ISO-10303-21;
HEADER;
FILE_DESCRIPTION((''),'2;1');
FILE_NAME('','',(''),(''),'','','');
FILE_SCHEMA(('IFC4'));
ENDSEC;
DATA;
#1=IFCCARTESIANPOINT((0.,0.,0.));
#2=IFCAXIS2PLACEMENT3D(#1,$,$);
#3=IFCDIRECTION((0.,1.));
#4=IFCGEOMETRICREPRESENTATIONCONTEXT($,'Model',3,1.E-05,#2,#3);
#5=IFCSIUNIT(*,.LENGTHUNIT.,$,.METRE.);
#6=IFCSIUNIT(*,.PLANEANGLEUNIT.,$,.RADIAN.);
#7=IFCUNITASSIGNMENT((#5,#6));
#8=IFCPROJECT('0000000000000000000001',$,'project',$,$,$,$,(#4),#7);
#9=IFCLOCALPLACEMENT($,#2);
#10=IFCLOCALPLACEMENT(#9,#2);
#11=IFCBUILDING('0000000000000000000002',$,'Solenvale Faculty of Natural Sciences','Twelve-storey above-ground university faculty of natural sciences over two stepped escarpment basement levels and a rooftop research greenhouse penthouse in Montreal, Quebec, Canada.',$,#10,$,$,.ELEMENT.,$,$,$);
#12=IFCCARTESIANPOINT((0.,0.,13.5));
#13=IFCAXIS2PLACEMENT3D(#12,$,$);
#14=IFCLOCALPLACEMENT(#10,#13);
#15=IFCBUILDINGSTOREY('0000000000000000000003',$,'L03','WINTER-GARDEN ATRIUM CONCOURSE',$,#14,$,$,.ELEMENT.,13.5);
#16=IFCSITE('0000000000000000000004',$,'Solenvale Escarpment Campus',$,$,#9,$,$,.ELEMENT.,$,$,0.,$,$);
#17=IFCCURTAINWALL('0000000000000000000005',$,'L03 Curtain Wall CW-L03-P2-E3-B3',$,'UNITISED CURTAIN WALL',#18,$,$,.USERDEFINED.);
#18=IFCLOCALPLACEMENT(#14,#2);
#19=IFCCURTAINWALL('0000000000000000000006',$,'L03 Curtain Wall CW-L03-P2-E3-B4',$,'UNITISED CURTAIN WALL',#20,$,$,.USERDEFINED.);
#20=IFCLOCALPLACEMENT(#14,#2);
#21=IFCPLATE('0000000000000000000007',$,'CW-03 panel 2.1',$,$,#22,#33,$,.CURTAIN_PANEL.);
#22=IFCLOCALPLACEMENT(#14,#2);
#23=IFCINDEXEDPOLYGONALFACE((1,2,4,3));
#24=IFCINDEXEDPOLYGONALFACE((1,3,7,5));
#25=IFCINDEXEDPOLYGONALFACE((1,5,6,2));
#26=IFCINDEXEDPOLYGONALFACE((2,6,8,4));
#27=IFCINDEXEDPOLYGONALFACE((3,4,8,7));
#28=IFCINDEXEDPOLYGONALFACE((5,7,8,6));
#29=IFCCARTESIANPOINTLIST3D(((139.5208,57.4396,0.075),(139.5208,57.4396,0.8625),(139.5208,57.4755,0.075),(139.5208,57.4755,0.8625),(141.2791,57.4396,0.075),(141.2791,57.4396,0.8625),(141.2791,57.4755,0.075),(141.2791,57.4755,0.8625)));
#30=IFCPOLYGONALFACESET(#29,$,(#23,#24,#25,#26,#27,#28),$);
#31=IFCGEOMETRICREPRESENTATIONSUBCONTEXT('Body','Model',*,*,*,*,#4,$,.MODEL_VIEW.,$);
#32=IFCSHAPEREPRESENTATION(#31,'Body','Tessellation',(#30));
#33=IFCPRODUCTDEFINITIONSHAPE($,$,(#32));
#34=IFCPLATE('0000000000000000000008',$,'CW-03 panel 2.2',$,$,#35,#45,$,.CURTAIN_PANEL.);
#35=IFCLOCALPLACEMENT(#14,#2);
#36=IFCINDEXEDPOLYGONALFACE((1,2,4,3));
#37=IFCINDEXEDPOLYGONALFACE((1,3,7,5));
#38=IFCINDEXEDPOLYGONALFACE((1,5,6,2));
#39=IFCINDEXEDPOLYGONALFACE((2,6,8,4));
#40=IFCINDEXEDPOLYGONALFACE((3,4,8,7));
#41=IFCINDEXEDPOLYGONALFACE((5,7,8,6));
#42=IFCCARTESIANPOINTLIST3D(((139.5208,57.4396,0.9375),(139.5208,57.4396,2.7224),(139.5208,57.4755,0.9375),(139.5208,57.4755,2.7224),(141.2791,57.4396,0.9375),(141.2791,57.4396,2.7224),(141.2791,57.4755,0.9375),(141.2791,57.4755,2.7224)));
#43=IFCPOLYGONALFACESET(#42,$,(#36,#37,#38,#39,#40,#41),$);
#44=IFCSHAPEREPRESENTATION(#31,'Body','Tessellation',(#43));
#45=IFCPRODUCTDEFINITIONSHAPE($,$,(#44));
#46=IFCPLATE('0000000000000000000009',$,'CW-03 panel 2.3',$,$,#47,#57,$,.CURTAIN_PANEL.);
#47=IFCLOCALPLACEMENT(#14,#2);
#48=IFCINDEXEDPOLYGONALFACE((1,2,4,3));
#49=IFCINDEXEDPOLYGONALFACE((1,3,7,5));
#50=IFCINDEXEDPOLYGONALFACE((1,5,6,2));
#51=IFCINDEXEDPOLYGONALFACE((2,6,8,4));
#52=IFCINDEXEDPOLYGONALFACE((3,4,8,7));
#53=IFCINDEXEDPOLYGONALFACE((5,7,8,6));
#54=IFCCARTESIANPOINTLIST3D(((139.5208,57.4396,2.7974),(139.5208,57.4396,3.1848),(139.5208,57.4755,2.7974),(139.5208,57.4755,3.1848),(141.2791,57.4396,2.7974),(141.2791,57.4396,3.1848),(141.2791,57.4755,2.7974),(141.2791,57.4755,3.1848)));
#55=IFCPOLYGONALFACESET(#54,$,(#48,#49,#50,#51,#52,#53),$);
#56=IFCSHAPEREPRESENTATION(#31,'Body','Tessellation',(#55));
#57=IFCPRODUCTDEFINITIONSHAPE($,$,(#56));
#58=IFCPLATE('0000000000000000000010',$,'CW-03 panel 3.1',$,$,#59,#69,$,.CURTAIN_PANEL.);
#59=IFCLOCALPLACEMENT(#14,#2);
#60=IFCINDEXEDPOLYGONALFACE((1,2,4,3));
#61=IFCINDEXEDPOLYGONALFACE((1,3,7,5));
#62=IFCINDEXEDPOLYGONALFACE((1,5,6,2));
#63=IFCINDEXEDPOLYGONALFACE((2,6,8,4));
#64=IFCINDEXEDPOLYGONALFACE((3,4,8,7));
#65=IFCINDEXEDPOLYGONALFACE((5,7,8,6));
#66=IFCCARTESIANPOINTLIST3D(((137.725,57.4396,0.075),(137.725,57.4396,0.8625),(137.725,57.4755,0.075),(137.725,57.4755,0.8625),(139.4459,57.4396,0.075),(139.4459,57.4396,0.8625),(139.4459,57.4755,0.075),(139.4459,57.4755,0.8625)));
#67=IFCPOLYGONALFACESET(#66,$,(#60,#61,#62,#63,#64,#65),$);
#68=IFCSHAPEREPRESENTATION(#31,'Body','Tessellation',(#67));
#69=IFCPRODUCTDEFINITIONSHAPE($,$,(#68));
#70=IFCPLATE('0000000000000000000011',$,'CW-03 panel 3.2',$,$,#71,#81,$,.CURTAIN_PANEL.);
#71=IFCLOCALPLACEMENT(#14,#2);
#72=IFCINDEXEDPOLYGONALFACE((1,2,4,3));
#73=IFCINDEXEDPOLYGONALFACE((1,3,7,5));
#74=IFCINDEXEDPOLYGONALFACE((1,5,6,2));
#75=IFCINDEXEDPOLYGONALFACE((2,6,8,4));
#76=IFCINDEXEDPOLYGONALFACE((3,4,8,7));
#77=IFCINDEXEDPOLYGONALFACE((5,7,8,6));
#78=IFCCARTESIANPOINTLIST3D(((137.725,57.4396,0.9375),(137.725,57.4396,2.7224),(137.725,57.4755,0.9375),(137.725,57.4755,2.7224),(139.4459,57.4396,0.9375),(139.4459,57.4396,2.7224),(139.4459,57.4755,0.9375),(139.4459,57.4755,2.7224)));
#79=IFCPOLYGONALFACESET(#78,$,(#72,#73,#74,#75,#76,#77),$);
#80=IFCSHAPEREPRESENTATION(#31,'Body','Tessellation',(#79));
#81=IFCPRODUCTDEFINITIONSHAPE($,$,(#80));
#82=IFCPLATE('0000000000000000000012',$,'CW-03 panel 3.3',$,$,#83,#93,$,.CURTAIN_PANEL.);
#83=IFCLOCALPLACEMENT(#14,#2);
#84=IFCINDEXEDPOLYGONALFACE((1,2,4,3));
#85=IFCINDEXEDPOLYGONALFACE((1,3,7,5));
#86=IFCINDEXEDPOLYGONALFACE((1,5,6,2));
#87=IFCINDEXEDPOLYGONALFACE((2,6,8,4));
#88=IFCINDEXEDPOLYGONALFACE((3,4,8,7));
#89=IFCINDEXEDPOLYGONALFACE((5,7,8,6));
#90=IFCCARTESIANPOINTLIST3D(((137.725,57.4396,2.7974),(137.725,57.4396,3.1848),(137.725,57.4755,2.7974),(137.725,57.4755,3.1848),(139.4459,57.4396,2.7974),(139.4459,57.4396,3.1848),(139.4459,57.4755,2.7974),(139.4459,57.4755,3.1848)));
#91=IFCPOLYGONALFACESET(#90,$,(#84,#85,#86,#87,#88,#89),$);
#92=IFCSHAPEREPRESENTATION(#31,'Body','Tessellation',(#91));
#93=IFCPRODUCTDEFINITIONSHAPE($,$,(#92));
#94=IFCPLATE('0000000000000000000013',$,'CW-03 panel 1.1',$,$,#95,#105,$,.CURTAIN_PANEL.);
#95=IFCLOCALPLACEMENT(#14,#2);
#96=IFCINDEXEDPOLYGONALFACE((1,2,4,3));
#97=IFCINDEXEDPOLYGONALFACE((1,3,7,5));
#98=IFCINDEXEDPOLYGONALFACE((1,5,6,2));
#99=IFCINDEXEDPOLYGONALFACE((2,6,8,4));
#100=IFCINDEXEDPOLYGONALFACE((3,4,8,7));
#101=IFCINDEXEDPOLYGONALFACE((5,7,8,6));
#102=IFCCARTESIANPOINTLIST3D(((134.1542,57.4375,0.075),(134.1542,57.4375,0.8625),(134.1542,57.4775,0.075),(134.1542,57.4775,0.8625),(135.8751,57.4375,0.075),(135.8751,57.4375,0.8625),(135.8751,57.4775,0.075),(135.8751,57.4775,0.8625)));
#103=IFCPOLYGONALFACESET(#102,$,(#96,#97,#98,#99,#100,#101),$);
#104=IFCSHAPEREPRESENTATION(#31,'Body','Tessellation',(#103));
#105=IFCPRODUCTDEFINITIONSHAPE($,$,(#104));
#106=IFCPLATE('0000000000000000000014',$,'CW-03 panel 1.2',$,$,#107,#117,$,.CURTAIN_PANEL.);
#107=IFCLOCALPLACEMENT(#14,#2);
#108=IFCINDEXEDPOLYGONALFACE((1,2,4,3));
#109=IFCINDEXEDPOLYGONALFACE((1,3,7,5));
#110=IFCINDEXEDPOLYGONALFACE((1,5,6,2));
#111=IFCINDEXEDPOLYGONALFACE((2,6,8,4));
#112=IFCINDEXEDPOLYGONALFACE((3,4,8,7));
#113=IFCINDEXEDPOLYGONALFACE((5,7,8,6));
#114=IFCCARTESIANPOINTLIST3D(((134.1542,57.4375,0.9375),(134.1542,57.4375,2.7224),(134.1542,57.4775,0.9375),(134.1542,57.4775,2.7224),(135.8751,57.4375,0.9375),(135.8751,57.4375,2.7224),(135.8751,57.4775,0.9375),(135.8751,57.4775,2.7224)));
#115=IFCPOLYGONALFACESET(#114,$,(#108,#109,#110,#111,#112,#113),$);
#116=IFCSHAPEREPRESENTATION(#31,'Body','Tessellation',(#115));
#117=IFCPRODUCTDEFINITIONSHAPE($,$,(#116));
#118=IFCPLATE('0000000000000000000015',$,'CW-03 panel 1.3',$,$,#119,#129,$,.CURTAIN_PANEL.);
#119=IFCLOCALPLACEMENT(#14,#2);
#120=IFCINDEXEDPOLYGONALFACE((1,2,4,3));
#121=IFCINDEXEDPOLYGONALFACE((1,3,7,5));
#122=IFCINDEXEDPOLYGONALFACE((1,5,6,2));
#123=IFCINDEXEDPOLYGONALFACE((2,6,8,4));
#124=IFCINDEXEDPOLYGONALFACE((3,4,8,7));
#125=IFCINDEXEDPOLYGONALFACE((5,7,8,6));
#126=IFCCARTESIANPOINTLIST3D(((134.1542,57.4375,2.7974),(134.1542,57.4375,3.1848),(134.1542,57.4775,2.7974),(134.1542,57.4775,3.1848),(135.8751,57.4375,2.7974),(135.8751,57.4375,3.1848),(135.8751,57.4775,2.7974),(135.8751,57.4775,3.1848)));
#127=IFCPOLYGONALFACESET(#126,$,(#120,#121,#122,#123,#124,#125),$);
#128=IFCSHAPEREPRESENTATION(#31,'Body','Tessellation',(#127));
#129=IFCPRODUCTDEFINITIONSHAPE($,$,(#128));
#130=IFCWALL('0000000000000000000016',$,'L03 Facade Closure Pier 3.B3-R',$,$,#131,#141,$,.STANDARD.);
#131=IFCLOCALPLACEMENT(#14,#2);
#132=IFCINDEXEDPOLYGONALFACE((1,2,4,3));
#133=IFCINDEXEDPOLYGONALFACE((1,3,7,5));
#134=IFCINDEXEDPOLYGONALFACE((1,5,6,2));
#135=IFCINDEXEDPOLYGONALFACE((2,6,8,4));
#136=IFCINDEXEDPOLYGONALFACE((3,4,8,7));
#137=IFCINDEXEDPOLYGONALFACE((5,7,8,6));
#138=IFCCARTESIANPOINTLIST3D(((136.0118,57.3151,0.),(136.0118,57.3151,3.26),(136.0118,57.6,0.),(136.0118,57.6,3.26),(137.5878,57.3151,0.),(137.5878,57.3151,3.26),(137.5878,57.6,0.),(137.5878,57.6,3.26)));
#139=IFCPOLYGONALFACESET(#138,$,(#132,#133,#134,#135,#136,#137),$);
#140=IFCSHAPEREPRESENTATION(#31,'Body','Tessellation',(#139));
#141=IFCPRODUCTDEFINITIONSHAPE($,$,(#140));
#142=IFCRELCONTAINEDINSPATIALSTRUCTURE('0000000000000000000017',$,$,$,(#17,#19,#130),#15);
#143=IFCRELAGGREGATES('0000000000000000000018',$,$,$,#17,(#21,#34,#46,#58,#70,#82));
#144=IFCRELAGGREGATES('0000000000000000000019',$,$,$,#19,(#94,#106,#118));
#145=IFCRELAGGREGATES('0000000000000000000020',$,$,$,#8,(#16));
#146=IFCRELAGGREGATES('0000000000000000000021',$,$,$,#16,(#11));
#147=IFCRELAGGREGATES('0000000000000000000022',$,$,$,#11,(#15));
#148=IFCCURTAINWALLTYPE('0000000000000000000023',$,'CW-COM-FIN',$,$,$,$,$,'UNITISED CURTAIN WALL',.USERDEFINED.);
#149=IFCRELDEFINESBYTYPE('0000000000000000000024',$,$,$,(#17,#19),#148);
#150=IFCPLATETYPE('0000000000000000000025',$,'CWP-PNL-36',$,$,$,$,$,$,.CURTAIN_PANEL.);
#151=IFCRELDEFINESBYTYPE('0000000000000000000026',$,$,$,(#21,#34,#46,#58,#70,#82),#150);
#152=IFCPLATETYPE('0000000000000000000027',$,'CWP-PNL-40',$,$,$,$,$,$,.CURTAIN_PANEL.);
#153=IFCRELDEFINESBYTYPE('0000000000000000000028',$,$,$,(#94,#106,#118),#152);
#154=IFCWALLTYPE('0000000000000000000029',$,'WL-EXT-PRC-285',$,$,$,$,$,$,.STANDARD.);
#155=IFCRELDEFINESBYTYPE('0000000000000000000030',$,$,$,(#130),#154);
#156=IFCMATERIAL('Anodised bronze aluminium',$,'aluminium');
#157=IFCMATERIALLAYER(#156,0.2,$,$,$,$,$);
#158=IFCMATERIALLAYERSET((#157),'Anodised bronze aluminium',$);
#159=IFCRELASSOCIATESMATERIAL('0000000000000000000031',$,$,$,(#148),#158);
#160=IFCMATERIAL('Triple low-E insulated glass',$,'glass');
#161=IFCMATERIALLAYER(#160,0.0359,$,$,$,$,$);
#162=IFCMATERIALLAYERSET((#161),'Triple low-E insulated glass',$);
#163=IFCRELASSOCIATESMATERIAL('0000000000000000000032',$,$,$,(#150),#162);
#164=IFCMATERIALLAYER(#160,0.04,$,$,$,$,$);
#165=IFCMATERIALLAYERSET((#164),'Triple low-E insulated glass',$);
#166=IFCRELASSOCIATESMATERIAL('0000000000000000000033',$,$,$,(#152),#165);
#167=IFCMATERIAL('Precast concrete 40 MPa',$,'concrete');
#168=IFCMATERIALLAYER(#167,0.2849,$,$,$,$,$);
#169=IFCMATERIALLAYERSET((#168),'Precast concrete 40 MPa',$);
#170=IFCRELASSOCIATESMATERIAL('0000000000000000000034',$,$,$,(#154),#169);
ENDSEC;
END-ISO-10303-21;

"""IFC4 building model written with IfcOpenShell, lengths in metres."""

from ifc_helpers import new_model, si_unit, direction, frame, frame_2d, origin, origin_2d, place, context, subcontext, project, spatial, rectangle, extrude, material, layer, layer_set, type_object, element, aggregate, save


model = new_model("IFC4")

# Units and contexts
model_context = context("Model", 3, precision=1e-05, world=origin(), true_north=direction((0.0, 1.0)))
body_context = subcontext(model_context, "Body", "Model", "MODEL_VIEW")
ifc_project = project(units=[si_unit("LENGTHUNIT", "METRE"), si_unit("PLANEANGLEUNIT", "RADIAN")], contexts=[model_context])

# Site, building, storey
site_placement = place(None, origin())
site = spatial("IfcSite", under=ifc_project, at=site_placement, Name="Solenvale Escarpment Campus", CompositionType="ELEMENT", RefElevation=0.0)
building_placement = place(site_placement, origin())
building = spatial("IfcBuilding", under=site, at=building_placement, Name="Solenvale Faculty of Natural Sciences", Description="Twelve-storey above-ground university faculty of natural sciences over two stepped escarpment basement levels and a rooftop research greenhouse penthouse in Montreal, Quebec, Canada.", CompositionType="ELEMENT")
storey_placement = place(building_placement, frame((0.0, 0.0, 13.5)))
storey = spatial("IfcBuildingStorey", under=building, at=storey_placement, Name="L03", Description="WINTER-GARDEN ATRIUM CONCOURSE", CompositionType="ELEMENT", Elevation=13.5)

# Curtain walls
ifc_material_1 = material(Name="Anodised bronze aluminium", Category="aluminium")
ifc_layer_1 = layer(ifc_material_1, 0.2)
ifc_layer_set_1 = layer_set([ifc_layer_1], Name="Anodised bronze aluminium")
curtain_wall_type = type_object("IfcCurtainWallType", Name="CW-COM-FIN", ElementType="UNITISED CURTAIN WALL", PredefinedType="USERDEFINED", material=ifc_layer_set_1)
curtain_wall_1_placement = place(storey_placement, origin())
curtain_wall_1 = element("IfcCurtainWall", 1, at=curtain_wall_1_placement, inside=storey, type_object=curtain_wall_type, Name="L03 Curtain Wall CW-L03-P2-E3-B3", ObjectType="UNITISED CURTAIN WALL", PredefinedType="USERDEFINED")
curtain_wall_2_placement = place(storey_placement, origin())
curtain_wall_2 = element("IfcCurtainWall", 2, at=curtain_wall_2_placement, inside=storey, type_object=curtain_wall_type, Name="L03 Curtain Wall CW-L03-P2-E3-B4", ObjectType="UNITISED CURTAIN WALL", PredefinedType="USERDEFINED")

# Plates
ifc_material_2 = material(Name="Triple low-E insulated glass", Category="glass")
ifc_layer_2 = layer(ifc_material_2, 0.0359)
ifc_layer_set_2 = layer_set([ifc_layer_2], Name="Triple low-E insulated glass")
plate_type_1 = type_object("IfcPlateType", Name="CWP-PNL-36", PredefinedType="CURTAIN_PANEL", material=ifc_layer_set_2)
plate_1_placement = place(storey_placement, frame((140.3999, 57.4575, 0.075), z_axis=(0.0, 0.0, 1.0), x_axis=(-1.0, 0.0, 0.0)))
plate_1 = element("IfcPlate", 3, at=plate_1_placement, type_object=plate_type_1, Name="CW-03 panel 2.1", PredefinedType="CURTAIN_PANEL", context=body_context, shape_type="SweptSolid", body=[
    extrude(rectangle(XDim=1.7583, YDim=0.0359, at=origin_2d()), origin(), (0.0, 0.0, 1.0), 0.7876),
])
plate_2_placement = place(storey_placement, frame((140.3999, 57.4575, 0.9375), z_axis=(0.0, 0.0, 1.0), x_axis=(-1.0, 0.0, 0.0)))
plate_2 = element("IfcPlate", 4, at=plate_2_placement, type_object=plate_type_1, Name="CW-03 panel 2.2", PredefinedType="CURTAIN_PANEL", context=body_context, shape_type="SweptSolid", body=[
    extrude(rectangle(XDim=1.7583, YDim=0.0359, at=origin_2d()), origin(), (0.0, 0.0, 1.0), 1.7849),
])
plate_3_placement = place(storey_placement, frame((140.3999, 57.4575, 2.7974), z_axis=(0.0, 0.0, 1.0), x_axis=(-1.0, 0.0, 0.0)))
plate_3 = element("IfcPlate", 5, at=plate_3_placement, type_object=plate_type_1, Name="CW-03 panel 2.3", PredefinedType="CURTAIN_PANEL", context=body_context, shape_type="SweptSolid", body=[
    extrude(rectangle(XDim=1.7583, YDim=0.0359, at=origin_2d()), origin(), (0.0, 0.0, 1.0), 0.3875),
])
plate_4_placement = place(storey_placement, frame((138.5854, 57.4575, 0.075), z_axis=(0.0, 0.0, 1.0), x_axis=(-1.0, 0.0, 0.0)))
plate_4 = element("IfcPlate", 6, at=plate_4_placement, type_object=plate_type_1, Name="CW-03 panel 3.1", PredefinedType="CURTAIN_PANEL", context=body_context, shape_type="SweptSolid", body=[
    extrude(rectangle(XDim=1.7209, YDim=0.0359, at=origin_2d()), origin(), (0.0, 0.0, 1.0), 0.7876),
])
plate_5_placement = place(storey_placement, frame((138.5854, 57.4575, 0.9375), z_axis=(0.0, 0.0, 1.0), x_axis=(-1.0, 0.0, 0.0)))
plate_5 = element("IfcPlate", 7, at=plate_5_placement, type_object=plate_type_1, Name="CW-03 panel 3.2", PredefinedType="CURTAIN_PANEL", context=body_context, shape_type="SweptSolid", body=[
    extrude(rectangle(XDim=1.7209, YDim=0.0359, at=origin_2d()), origin(), (0.0, 0.0, 1.0), 1.7849),
])
plate_6_placement = place(storey_placement, frame((138.5854, 57.4575, 2.7974), z_axis=(0.0, 0.0, 1.0), x_axis=(-1.0, 0.0, 0.0)))
plate_6 = element("IfcPlate", 8, at=plate_6_placement, type_object=plate_type_1, Name="CW-03 panel 3.3", PredefinedType="CURTAIN_PANEL", context=body_context, shape_type="SweptSolid", body=[
    extrude(rectangle(XDim=1.7209, YDim=0.0359, at=origin_2d()), origin(), (0.0, 0.0, 1.0), 0.3875),
])
aggregate(curtain_wall_1, [plate_1, plate_2, plate_3, plate_4, plate_5, plate_6])
ifc_layer_3 = layer(ifc_material_2, 0.04)
ifc_layer_set_3 = layer_set([ifc_layer_3], Name="Triple low-E insulated glass")
plate_type_2 = type_object("IfcPlateType", Name="CWP-PNL-40", PredefinedType="CURTAIN_PANEL", material=ifc_layer_set_3)
plate_7_placement = place(storey_placement, frame((135.0146, 57.4575, 0.075), z_axis=(0.0, 0.0, 1.0), x_axis=(-1.0, 0.0, 0.0)))
plate_7 = element("IfcPlate", 9, at=plate_7_placement, type_object=plate_type_2, Name="CW-03 panel 1.1", PredefinedType="CURTAIN_PANEL", context=body_context, shape_type="SweptSolid", body=[
    extrude(rectangle(XDim=1.7209, YDim=0.04, at=origin_2d()), origin(), (0.0, 0.0, 1.0), 0.7876),
])
plate_8_placement = place(storey_placement, frame((135.0146, 57.4575, 0.9375), z_axis=(0.0, 0.0, 1.0), x_axis=(-1.0, 0.0, 0.0)))
plate_8 = element("IfcPlate", 10, at=plate_8_placement, type_object=plate_type_2, Name="CW-03 panel 1.2", PredefinedType="CURTAIN_PANEL", context=body_context, shape_type="SweptSolid", body=[
    extrude(rectangle(XDim=1.7209, YDim=0.04, at=origin_2d()), origin(), (0.0, 0.0, 1.0), 1.7849),
])
plate_9_placement = place(storey_placement, frame((135.0146, 57.4575, 2.7974), z_axis=(0.0, 0.0, 1.0), x_axis=(-1.0, 0.0, 0.0)))
plate_9 = element("IfcPlate", 11, at=plate_9_placement, type_object=plate_type_2, Name="CW-03 panel 1.3", PredefinedType="CURTAIN_PANEL", context=body_context, shape_type="SweptSolid", body=[
    extrude(rectangle(XDim=1.7209, YDim=0.04, at=origin_2d()), origin(), (0.0, 0.0, 1.0), 0.3875),
])
aggregate(curtain_wall_2, [plate_7, plate_8, plate_9])

# Wall
ifc_material_3 = material(Name="Precast concrete 40 MPa", Category="concrete")
ifc_layer_4 = layer(ifc_material_3, 0.2849)
ifc_layer_set_4 = layer_set([ifc_layer_4], Name="Precast concrete 40 MPa")
wall_type = type_object("IfcWallType", Name="WL-EXT-PRC-285", PredefinedType="STANDARD", material=ifc_layer_set_4)
wall_placement = place(storey_placement, frame((137.5879, 57.4575, 0.0), z_axis=(0.0, 0.0, 1.0), x_axis=(-1.0, 0.0, 0.0)))
element("IfcWall", 12, at=wall_placement, inside=storey, type_object=wall_type, Name="L03 Facade Closure Pier 3.B3-R", PredefinedType="STANDARD", context=body_context, shape_type="SweptSolid", body=[
    extrude(rectangle(XDim=1.5759, YDim=0.2849, at=frame_2d((0.7881, 0.0))), origin(), (0.0, 0.0, 1.0), 3.26),
])

save(model, "model.ifc")
